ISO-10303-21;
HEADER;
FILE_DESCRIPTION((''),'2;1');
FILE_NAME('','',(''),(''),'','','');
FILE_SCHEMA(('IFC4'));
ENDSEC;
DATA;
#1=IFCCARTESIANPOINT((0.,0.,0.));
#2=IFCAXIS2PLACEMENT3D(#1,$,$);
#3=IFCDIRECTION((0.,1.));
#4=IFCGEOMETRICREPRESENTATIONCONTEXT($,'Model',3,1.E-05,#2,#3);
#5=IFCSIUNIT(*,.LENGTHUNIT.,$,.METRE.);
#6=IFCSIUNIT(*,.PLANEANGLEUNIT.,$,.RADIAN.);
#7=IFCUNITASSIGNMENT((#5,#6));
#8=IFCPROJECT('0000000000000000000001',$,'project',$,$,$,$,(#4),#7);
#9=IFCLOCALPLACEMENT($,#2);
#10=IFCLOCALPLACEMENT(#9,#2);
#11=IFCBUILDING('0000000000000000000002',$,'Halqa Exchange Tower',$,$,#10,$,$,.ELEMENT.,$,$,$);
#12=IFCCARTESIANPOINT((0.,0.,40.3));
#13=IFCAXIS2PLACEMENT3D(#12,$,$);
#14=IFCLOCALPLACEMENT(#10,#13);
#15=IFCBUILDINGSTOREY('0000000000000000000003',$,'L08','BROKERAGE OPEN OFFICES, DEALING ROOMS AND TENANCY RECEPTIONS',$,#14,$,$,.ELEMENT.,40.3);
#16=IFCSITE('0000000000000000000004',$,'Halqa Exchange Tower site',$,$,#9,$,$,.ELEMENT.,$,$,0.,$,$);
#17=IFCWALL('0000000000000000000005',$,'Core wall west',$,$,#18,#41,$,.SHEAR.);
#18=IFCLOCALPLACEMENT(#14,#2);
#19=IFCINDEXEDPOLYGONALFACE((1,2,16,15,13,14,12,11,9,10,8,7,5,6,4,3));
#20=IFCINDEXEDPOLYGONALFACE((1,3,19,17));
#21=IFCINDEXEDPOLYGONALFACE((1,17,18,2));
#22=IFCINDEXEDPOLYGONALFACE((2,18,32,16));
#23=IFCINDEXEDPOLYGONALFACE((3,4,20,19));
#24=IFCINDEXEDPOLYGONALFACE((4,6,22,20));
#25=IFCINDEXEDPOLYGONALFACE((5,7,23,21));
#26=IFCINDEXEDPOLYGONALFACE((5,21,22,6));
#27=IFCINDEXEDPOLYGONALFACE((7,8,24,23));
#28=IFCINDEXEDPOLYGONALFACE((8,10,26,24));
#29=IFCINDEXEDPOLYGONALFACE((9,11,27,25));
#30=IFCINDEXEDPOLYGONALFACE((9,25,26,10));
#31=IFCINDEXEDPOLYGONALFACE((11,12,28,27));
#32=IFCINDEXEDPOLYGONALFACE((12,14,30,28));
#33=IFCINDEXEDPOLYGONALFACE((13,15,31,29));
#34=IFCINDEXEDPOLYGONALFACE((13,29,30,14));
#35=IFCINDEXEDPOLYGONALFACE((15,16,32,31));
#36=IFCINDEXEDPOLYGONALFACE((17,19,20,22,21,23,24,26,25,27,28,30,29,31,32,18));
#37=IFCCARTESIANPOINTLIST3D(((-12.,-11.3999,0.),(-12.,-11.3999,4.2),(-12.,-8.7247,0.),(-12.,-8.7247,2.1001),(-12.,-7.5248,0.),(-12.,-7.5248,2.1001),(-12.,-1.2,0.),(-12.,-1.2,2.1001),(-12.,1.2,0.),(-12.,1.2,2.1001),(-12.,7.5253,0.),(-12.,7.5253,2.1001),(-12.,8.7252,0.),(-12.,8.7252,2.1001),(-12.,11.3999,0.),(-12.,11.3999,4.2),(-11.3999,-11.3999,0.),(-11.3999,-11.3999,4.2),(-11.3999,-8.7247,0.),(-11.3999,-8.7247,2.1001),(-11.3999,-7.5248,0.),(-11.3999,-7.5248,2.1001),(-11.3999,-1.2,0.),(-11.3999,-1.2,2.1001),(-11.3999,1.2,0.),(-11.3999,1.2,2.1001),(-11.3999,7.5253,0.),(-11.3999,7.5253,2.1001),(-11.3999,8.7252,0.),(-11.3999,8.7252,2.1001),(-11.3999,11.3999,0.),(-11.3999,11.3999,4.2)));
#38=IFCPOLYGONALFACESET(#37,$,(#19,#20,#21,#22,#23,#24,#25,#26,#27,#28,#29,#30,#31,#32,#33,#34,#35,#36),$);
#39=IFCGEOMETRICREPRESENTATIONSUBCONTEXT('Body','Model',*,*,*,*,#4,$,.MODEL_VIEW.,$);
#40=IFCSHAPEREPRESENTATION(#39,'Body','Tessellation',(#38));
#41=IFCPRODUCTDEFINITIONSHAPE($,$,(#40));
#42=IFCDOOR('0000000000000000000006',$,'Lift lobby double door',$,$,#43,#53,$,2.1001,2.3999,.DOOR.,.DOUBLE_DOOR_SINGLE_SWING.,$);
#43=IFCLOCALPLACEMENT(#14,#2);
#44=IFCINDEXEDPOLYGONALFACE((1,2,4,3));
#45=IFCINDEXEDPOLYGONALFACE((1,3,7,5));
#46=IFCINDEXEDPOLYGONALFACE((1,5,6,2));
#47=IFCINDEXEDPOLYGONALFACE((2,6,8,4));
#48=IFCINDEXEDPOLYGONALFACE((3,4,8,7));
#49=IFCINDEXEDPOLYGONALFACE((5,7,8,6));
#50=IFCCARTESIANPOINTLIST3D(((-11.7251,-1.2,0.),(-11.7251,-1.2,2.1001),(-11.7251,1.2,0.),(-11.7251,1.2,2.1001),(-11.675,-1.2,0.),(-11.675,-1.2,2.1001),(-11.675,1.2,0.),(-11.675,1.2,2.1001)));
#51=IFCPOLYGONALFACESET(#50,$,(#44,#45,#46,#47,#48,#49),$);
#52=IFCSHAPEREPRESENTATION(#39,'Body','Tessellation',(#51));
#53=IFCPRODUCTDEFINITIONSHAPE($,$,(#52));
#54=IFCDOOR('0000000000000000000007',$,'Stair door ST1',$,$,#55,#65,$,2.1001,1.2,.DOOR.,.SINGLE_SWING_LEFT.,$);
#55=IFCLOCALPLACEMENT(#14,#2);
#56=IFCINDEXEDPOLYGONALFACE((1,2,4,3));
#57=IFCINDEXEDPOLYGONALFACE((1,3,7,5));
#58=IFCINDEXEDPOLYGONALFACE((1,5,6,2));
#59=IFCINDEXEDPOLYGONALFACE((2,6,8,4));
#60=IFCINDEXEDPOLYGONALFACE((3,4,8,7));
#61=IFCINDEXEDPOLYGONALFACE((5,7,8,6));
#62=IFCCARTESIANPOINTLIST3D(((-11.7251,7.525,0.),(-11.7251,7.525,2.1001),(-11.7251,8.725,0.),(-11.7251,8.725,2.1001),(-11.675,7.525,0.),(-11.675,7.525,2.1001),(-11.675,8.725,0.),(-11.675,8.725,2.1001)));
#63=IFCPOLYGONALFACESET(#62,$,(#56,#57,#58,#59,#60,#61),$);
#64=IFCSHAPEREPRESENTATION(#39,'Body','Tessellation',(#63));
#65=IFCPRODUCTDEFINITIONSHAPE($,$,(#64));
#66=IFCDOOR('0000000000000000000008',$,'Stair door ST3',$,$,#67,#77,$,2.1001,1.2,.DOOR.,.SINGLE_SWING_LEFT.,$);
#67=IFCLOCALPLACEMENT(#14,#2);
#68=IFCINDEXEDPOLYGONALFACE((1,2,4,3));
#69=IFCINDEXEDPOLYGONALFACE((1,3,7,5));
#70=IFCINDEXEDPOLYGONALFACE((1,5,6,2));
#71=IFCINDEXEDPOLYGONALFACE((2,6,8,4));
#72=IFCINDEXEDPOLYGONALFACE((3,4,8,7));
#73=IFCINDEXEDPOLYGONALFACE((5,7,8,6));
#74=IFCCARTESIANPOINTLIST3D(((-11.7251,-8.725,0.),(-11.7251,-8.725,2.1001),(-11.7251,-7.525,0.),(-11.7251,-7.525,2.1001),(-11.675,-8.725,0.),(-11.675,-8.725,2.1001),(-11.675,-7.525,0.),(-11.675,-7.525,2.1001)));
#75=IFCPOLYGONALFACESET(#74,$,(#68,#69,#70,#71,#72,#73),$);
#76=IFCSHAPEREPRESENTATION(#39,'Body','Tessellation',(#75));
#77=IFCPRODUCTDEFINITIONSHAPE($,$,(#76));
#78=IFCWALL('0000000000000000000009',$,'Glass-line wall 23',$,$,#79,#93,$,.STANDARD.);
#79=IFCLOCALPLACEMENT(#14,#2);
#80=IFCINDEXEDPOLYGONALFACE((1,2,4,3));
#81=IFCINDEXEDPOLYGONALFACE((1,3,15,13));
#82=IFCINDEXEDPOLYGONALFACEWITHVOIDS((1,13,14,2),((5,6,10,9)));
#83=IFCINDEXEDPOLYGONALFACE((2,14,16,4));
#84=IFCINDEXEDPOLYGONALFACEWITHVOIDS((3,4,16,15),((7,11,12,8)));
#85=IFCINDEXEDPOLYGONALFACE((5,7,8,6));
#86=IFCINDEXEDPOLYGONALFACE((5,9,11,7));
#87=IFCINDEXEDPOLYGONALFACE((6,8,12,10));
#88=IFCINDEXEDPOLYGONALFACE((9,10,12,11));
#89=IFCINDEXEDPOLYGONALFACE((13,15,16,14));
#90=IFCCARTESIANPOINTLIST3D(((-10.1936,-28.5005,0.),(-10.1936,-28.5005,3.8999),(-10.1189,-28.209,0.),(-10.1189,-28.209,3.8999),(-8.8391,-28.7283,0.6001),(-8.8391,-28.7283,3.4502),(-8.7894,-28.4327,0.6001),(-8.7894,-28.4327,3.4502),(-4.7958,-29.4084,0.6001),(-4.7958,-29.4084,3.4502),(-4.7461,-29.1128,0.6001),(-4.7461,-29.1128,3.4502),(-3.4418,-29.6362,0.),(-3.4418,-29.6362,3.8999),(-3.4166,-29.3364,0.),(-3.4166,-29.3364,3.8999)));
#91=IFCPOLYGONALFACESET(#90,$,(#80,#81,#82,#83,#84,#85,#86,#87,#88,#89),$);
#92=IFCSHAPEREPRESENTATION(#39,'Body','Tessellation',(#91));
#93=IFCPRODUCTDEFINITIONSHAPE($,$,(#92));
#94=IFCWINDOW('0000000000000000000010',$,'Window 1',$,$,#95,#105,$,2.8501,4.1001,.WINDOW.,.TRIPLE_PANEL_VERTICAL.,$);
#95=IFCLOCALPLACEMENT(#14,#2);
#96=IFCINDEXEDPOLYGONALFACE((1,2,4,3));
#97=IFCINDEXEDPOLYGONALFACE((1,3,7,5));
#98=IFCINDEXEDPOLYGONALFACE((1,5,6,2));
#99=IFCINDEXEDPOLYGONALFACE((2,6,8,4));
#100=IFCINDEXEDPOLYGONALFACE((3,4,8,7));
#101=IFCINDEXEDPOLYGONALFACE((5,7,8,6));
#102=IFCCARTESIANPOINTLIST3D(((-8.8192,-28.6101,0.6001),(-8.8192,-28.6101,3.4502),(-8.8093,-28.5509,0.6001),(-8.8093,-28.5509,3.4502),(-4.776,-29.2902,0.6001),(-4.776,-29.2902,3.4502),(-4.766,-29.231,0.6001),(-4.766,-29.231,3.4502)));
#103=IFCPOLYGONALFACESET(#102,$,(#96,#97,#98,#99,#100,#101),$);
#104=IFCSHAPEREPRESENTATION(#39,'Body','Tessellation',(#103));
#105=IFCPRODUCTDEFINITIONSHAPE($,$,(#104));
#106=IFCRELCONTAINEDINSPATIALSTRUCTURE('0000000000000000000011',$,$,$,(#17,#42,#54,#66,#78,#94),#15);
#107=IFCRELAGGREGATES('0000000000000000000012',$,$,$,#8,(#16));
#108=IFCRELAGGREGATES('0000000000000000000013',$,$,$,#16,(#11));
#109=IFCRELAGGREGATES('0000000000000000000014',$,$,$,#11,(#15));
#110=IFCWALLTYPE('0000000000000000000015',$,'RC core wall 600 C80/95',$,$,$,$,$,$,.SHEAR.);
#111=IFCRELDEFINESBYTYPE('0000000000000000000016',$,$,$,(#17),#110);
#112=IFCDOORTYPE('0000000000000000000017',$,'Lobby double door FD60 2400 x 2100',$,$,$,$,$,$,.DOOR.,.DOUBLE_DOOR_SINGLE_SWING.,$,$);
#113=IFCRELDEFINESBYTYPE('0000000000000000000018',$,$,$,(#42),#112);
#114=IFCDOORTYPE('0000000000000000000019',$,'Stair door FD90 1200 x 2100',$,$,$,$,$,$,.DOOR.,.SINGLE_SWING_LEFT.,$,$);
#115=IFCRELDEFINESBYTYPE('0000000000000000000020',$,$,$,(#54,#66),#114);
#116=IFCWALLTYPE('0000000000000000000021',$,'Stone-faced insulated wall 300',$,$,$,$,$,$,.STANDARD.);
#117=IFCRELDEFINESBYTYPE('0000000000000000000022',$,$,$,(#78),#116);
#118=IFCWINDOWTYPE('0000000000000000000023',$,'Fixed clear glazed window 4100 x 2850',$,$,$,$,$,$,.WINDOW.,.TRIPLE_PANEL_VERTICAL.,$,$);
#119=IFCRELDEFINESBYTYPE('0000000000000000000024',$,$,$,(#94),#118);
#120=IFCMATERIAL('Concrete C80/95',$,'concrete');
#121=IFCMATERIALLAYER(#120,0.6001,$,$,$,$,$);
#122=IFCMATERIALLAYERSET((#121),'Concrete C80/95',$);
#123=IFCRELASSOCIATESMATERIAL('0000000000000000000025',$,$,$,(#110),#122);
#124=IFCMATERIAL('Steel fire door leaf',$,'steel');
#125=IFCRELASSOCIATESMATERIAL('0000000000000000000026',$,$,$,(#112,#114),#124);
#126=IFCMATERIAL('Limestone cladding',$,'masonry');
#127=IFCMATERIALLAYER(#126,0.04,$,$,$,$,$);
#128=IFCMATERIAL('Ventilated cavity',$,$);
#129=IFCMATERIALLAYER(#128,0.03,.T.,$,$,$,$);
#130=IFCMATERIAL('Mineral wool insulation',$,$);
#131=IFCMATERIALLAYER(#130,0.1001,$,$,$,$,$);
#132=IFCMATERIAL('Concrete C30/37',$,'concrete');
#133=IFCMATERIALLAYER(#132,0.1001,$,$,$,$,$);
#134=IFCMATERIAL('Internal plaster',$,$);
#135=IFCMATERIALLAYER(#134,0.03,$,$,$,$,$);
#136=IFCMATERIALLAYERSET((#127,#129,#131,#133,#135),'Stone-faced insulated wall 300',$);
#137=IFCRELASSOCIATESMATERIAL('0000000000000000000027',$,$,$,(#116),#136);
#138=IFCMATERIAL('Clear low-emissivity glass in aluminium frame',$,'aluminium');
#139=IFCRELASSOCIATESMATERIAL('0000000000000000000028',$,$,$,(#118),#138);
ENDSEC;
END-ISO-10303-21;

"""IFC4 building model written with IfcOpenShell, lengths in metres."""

from ifc_helpers import new_model, si_unit, direction, frame, frame_2d, origin, place, context, subcontext, project, spatial, polyline, rectangle, outline, extrude, material, layer, layer_set, type_object, element, fill, save


model = new_model("IFC4")

# Units and contexts
model_context = context("Model", 3, precision=1e-05, world=origin(), true_north=direction((0.0, 1.0)))
body_context = subcontext(model_context, "Body", "Model", "MODEL_VIEW")
ifc_project = project(units=[si_unit("LENGTHUNIT", "METRE"), si_unit("PLANEANGLEUNIT", "RADIAN")], contexts=[model_context])

# Site, building, storey
site_placement = place(None, origin())
site = spatial("IfcSite", under=ifc_project, at=site_placement, Name="Halqa Exchange Tower site", CompositionType="ELEMENT", RefElevation=0.0)
building_placement = place(site_placement, origin())
building = spatial("IfcBuilding", under=site, at=building_placement, Name="Halqa Exchange Tower", CompositionType="ELEMENT")
storey_placement = place(building_placement, frame((0.0, 0.0, 40.3)))
storey = spatial("IfcBuildingStorey", under=building, at=storey_placement, Name="L08", Description="BROKERAGE OPEN OFFICES, DEALING ROOMS AND TENANCY RECEPTIONS", CompositionType="ELEMENT", Elevation=40.3)

# Shared definitions
ifc_material_1 = material(Name="Concrete C80/95", Category="concrete")

# Wall, openings, doors
ifc_layer_1 = layer(ifc_material_1, 0.6001)
ifc_layer_set_1 = layer_set([ifc_layer_1], Name="Concrete C80/95")
wall_type_1 = type_object("IfcWallType", Name="RC core wall 600 C80/95", PredefinedType="SHEAR", material=ifc_layer_set_1)
wall_1_placement = place(storey_placement, frame((-11.7, -11.3999, 0.0), z_axis=(0.0, 0.0, 1.0), x_axis=(0.0, 1.0, 0.0)))
wall_1 = element("IfcWall", 1, at=wall_1_placement, inside=storey, type_object=wall_type_1, Name="Core wall west", PredefinedType="SHEAR", context=body_context, shape_type="SweptSolid", body=[
    extrude(rectangle(XDim=22.7998, YDim=0.6001, at=frame_2d((11.3999, 0.0))), origin(), (0.0, 0.0, 1.0), 4.2),
])
opening_1_placement = place(wall_1_placement, frame((10.2, 0.0, 0.0)))
opening_1 = element("IfcOpeningElement", 2, at=opening_1_placement, cuts=wall_1, PredefinedType="OPENING", context=body_context, shape_type="SweptSolid", body=[
    extrude(rectangle(XDim=2.3999, YDim=2.1001, at=frame_2d((1.2, 1.05))), frame((0.0, 0.312, 0.0), z_axis=(0.0, -1.0, 0.0), x_axis=(1.0, 0.0, 0.0)), (0.0, 0.0, 1.0), 0.624),
])
opening_2_placement = place(wall_1_placement, frame((18.925, 0.0, 0.0)))
opening_2 = element("IfcOpeningElement", 3, at=opening_2_placement, cuts=wall_1, PredefinedType="OPENING", context=body_context, shape_type="SweptSolid", body=[
    extrude(rectangle(XDim=1.2, YDim=2.1001, at=frame_2d((0.6001, 1.05))), frame((0.0, 0.312, 0.0), z_axis=(0.0, -1.0, 0.0), x_axis=(1.0, 0.0, 0.0)), (0.0, 0.0, 1.0), 0.624),
])
opening_3_placement = place(wall_1_placement, frame((2.675, 0.0, 0.0)))
opening_3 = element("IfcOpeningElement", 4, at=opening_3_placement, cuts=wall_1, PredefinedType="OPENING", context=body_context, shape_type="SweptSolid", body=[
    extrude(rectangle(XDim=1.2, YDim=2.1001, at=frame_2d((0.6001, 1.05))), frame((0.0, 0.312, 0.0), z_axis=(0.0, -1.0, 0.0), x_axis=(1.0, 0.0, 0.0)), (0.0, 0.0, 1.0), 0.624),
])
ifc_material_2 = material(Name="Steel fire door leaf", Category="steel")
door_type_1 = type_object("IfcDoorType", Name="Lobby double door FD60 2400 x 2100", OperationType="DOUBLE_DOOR_SINGLE_SWING", PredefinedType="DOOR", material=ifc_material_2)
door_1_placement = place(opening_1_placement, frame((2.3999, 0.0, 0.0), z_axis=(0.0, 0.0, 1.0), x_axis=(-1.0, 0.0, 0.0)))
door_1 = element("IfcDoor", 5, at=door_1_placement, inside=storey, type_object=door_type_1, Name="Lift lobby double door", OperationType="DOUBLE_DOOR_SINGLE_SWING", OverallHeight=2.1001, OverallWidth=2.3999, PredefinedType="DOOR", context=body_context, shape_type="SweptSolid", body=[
    extrude(rectangle(XDim=2.3999, YDim=2.1001, at=frame_2d((1.2, 1.05))), frame((0.0, 0.0249, 0.0), z_axis=(0.0, -1.0, 0.0), x_axis=(1.0, 0.0, 0.0)), (0.0, 0.0, 1.0), 0.05),
])
fill(opening_1, door_1)
door_type_2 = type_object("IfcDoorType", Name="Stair door FD90 1200 x 2100", OperationType="SINGLE_SWING_LEFT", PredefinedType="DOOR", material=ifc_material_2)
door_2_placement = place(opening_2_placement, frame((1.2, 0.0, 0.0), z_axis=(0.0, 0.0, 1.0), x_axis=(-1.0, 0.0, 0.0)))
door_2 = element("IfcDoor", 6, at=door_2_placement, inside=storey, type_object=door_type_2, Name="Stair door ST1", OperationType="SINGLE_SWING_LEFT", OverallHeight=2.1001, OverallWidth=1.2, PredefinedType="DOOR", context=body_context, shape_type="SweptSolid", body=[
    extrude(rectangle(XDim=1.2, YDim=2.1001, at=frame_2d((0.6001, 1.05))), frame((0.0, 0.0249, 0.0), z_axis=(0.0, -1.0, 0.0), x_axis=(1.0, 0.0, 0.0)), (0.0, 0.0, 1.0), 0.05),
])
fill(opening_2, door_2)
door_3_placement = place(opening_3_placement, frame((1.2, 0.0, 0.0), z_axis=(0.0, 0.0, 1.0), x_axis=(-1.0, 0.0, 0.0)))
door_3 = element("IfcDoor", 7, at=door_3_placement, inside=storey, type_object=door_type_2, Name="Stair door ST3", OperationType="SINGLE_SWING_LEFT", OverallHeight=2.1001, OverallWidth=1.2, PredefinedType="DOOR", context=body_context, shape_type="SweptSolid", body=[
    extrude(rectangle(XDim=1.2, YDim=2.1001, at=frame_2d((0.6001, 1.05))), frame((0.0, 0.0249, 0.0), z_axis=(0.0, -1.0, 0.0), x_axis=(1.0, 0.0, 0.0)), (0.0, 0.0, 1.0), 0.05),
])
fill(opening_3, door_3)

# Wall, opening, window
ifc_material_3 = material(Name="Limestone cladding", Category="masonry")
ifc_layer_2 = layer(ifc_material_3, 0.04)
ifc_material_4 = material(Name="Ventilated cavity")
ifc_layer_3 = layer(ifc_material_4, 0.03, ventilated=True)
ifc_material_5 = material(Name="Mineral wool insulation")
ifc_layer_4 = layer(ifc_material_5, 0.1001)
ifc_material_6 = material(Name="Concrete C30/37", Category="concrete")
ifc_layer_5 = layer(ifc_material_6, 0.1001)
ifc_material_7 = material(Name="Internal plaster")
ifc_layer_6 = layer(ifc_material_7, 0.03)
ifc_layer_set_2 = layer_set([ifc_layer_2, ifc_layer_3, ifc_layer_4, ifc_layer_5, ifc_layer_6], Name="Stone-faced insulated wall 300")
wall_type_2 = type_object("IfcWallType", Name="Stone-faced insulated wall 300", PredefinedType="STANDARD", material=ifc_layer_set_2)
wall_2_placement = place(storey_placement, frame((-10.1562, -28.3547, 0.0), z_axis=(0.0, 0.0, 1.0), x_axis=(0.986145, -0.165885, 0.0)))
wall_2 = element("IfcWall", 8, at=wall_2_placement, inside=storey, type_object=wall_type_2, Name="Glass-line wall 23", PredefinedType="STANDARD", context=body_context, shape_type="SweptSolid", body=[
    extrude(outline(polyline([(-0.0127, -0.1499), (6.834, -0.1499), (6.8091, 0.1499), (0.0127, 0.1499), (-0.0127, -0.1499)])), origin(), (0.0, 0.0, 1.0), 3.8999),
])
opening_4_placement = place(wall_2_placement, frame((1.3608, 0.0, 0.6001)))
opening_4 = element("IfcOpeningElement", 9, at=opening_4_placement, cuts=wall_2, PredefinedType="OPENING", context=body_context, shape_type="SweptSolid", body=[
    extrude(rectangle(XDim=4.1001, YDim=2.8501, at=frame_2d((2.05, 1.425))), frame((0.0, 0.1621, 0.0), z_axis=(0.0, -1.0, 0.0), x_axis=(1.0, 0.0, 0.0)), (0.0, 0.0, 1.0), 0.324),
])
ifc_material_8 = material(Name="Clear low-emissivity glass in aluminium frame", Category="aluminium")
window_type = type_object("IfcWindowType", Name="Fixed clear glazed window 4100 x 2850", PartitioningType="TRIPLE_PANEL_VERTICAL", PredefinedType="WINDOW", material=ifc_material_8)
window_placement = place(opening_4_placement, origin())
window = element("IfcWindow", 10, at=window_placement, inside=storey, type_object=window_type, Name="Window 1", OverallHeight=2.8501, OverallWidth=4.1001, PartitioningType="TRIPLE_PANEL_VERTICAL", PredefinedType="WINDOW", context=body_context, shape_type="SweptSolid", body=[
    extrude(rectangle(XDim=4.1001, YDim=2.8501, at=frame_2d((2.05, 1.425))), frame((0.0, 0.03, 0.0), z_axis=(0.0, -1.0, 0.0), x_axis=(1.0, 0.0, 0.0)), (0.0, 0.0, 1.0), 0.0601),
])
fill(opening_4, window)

save(model, "model.ifc")
